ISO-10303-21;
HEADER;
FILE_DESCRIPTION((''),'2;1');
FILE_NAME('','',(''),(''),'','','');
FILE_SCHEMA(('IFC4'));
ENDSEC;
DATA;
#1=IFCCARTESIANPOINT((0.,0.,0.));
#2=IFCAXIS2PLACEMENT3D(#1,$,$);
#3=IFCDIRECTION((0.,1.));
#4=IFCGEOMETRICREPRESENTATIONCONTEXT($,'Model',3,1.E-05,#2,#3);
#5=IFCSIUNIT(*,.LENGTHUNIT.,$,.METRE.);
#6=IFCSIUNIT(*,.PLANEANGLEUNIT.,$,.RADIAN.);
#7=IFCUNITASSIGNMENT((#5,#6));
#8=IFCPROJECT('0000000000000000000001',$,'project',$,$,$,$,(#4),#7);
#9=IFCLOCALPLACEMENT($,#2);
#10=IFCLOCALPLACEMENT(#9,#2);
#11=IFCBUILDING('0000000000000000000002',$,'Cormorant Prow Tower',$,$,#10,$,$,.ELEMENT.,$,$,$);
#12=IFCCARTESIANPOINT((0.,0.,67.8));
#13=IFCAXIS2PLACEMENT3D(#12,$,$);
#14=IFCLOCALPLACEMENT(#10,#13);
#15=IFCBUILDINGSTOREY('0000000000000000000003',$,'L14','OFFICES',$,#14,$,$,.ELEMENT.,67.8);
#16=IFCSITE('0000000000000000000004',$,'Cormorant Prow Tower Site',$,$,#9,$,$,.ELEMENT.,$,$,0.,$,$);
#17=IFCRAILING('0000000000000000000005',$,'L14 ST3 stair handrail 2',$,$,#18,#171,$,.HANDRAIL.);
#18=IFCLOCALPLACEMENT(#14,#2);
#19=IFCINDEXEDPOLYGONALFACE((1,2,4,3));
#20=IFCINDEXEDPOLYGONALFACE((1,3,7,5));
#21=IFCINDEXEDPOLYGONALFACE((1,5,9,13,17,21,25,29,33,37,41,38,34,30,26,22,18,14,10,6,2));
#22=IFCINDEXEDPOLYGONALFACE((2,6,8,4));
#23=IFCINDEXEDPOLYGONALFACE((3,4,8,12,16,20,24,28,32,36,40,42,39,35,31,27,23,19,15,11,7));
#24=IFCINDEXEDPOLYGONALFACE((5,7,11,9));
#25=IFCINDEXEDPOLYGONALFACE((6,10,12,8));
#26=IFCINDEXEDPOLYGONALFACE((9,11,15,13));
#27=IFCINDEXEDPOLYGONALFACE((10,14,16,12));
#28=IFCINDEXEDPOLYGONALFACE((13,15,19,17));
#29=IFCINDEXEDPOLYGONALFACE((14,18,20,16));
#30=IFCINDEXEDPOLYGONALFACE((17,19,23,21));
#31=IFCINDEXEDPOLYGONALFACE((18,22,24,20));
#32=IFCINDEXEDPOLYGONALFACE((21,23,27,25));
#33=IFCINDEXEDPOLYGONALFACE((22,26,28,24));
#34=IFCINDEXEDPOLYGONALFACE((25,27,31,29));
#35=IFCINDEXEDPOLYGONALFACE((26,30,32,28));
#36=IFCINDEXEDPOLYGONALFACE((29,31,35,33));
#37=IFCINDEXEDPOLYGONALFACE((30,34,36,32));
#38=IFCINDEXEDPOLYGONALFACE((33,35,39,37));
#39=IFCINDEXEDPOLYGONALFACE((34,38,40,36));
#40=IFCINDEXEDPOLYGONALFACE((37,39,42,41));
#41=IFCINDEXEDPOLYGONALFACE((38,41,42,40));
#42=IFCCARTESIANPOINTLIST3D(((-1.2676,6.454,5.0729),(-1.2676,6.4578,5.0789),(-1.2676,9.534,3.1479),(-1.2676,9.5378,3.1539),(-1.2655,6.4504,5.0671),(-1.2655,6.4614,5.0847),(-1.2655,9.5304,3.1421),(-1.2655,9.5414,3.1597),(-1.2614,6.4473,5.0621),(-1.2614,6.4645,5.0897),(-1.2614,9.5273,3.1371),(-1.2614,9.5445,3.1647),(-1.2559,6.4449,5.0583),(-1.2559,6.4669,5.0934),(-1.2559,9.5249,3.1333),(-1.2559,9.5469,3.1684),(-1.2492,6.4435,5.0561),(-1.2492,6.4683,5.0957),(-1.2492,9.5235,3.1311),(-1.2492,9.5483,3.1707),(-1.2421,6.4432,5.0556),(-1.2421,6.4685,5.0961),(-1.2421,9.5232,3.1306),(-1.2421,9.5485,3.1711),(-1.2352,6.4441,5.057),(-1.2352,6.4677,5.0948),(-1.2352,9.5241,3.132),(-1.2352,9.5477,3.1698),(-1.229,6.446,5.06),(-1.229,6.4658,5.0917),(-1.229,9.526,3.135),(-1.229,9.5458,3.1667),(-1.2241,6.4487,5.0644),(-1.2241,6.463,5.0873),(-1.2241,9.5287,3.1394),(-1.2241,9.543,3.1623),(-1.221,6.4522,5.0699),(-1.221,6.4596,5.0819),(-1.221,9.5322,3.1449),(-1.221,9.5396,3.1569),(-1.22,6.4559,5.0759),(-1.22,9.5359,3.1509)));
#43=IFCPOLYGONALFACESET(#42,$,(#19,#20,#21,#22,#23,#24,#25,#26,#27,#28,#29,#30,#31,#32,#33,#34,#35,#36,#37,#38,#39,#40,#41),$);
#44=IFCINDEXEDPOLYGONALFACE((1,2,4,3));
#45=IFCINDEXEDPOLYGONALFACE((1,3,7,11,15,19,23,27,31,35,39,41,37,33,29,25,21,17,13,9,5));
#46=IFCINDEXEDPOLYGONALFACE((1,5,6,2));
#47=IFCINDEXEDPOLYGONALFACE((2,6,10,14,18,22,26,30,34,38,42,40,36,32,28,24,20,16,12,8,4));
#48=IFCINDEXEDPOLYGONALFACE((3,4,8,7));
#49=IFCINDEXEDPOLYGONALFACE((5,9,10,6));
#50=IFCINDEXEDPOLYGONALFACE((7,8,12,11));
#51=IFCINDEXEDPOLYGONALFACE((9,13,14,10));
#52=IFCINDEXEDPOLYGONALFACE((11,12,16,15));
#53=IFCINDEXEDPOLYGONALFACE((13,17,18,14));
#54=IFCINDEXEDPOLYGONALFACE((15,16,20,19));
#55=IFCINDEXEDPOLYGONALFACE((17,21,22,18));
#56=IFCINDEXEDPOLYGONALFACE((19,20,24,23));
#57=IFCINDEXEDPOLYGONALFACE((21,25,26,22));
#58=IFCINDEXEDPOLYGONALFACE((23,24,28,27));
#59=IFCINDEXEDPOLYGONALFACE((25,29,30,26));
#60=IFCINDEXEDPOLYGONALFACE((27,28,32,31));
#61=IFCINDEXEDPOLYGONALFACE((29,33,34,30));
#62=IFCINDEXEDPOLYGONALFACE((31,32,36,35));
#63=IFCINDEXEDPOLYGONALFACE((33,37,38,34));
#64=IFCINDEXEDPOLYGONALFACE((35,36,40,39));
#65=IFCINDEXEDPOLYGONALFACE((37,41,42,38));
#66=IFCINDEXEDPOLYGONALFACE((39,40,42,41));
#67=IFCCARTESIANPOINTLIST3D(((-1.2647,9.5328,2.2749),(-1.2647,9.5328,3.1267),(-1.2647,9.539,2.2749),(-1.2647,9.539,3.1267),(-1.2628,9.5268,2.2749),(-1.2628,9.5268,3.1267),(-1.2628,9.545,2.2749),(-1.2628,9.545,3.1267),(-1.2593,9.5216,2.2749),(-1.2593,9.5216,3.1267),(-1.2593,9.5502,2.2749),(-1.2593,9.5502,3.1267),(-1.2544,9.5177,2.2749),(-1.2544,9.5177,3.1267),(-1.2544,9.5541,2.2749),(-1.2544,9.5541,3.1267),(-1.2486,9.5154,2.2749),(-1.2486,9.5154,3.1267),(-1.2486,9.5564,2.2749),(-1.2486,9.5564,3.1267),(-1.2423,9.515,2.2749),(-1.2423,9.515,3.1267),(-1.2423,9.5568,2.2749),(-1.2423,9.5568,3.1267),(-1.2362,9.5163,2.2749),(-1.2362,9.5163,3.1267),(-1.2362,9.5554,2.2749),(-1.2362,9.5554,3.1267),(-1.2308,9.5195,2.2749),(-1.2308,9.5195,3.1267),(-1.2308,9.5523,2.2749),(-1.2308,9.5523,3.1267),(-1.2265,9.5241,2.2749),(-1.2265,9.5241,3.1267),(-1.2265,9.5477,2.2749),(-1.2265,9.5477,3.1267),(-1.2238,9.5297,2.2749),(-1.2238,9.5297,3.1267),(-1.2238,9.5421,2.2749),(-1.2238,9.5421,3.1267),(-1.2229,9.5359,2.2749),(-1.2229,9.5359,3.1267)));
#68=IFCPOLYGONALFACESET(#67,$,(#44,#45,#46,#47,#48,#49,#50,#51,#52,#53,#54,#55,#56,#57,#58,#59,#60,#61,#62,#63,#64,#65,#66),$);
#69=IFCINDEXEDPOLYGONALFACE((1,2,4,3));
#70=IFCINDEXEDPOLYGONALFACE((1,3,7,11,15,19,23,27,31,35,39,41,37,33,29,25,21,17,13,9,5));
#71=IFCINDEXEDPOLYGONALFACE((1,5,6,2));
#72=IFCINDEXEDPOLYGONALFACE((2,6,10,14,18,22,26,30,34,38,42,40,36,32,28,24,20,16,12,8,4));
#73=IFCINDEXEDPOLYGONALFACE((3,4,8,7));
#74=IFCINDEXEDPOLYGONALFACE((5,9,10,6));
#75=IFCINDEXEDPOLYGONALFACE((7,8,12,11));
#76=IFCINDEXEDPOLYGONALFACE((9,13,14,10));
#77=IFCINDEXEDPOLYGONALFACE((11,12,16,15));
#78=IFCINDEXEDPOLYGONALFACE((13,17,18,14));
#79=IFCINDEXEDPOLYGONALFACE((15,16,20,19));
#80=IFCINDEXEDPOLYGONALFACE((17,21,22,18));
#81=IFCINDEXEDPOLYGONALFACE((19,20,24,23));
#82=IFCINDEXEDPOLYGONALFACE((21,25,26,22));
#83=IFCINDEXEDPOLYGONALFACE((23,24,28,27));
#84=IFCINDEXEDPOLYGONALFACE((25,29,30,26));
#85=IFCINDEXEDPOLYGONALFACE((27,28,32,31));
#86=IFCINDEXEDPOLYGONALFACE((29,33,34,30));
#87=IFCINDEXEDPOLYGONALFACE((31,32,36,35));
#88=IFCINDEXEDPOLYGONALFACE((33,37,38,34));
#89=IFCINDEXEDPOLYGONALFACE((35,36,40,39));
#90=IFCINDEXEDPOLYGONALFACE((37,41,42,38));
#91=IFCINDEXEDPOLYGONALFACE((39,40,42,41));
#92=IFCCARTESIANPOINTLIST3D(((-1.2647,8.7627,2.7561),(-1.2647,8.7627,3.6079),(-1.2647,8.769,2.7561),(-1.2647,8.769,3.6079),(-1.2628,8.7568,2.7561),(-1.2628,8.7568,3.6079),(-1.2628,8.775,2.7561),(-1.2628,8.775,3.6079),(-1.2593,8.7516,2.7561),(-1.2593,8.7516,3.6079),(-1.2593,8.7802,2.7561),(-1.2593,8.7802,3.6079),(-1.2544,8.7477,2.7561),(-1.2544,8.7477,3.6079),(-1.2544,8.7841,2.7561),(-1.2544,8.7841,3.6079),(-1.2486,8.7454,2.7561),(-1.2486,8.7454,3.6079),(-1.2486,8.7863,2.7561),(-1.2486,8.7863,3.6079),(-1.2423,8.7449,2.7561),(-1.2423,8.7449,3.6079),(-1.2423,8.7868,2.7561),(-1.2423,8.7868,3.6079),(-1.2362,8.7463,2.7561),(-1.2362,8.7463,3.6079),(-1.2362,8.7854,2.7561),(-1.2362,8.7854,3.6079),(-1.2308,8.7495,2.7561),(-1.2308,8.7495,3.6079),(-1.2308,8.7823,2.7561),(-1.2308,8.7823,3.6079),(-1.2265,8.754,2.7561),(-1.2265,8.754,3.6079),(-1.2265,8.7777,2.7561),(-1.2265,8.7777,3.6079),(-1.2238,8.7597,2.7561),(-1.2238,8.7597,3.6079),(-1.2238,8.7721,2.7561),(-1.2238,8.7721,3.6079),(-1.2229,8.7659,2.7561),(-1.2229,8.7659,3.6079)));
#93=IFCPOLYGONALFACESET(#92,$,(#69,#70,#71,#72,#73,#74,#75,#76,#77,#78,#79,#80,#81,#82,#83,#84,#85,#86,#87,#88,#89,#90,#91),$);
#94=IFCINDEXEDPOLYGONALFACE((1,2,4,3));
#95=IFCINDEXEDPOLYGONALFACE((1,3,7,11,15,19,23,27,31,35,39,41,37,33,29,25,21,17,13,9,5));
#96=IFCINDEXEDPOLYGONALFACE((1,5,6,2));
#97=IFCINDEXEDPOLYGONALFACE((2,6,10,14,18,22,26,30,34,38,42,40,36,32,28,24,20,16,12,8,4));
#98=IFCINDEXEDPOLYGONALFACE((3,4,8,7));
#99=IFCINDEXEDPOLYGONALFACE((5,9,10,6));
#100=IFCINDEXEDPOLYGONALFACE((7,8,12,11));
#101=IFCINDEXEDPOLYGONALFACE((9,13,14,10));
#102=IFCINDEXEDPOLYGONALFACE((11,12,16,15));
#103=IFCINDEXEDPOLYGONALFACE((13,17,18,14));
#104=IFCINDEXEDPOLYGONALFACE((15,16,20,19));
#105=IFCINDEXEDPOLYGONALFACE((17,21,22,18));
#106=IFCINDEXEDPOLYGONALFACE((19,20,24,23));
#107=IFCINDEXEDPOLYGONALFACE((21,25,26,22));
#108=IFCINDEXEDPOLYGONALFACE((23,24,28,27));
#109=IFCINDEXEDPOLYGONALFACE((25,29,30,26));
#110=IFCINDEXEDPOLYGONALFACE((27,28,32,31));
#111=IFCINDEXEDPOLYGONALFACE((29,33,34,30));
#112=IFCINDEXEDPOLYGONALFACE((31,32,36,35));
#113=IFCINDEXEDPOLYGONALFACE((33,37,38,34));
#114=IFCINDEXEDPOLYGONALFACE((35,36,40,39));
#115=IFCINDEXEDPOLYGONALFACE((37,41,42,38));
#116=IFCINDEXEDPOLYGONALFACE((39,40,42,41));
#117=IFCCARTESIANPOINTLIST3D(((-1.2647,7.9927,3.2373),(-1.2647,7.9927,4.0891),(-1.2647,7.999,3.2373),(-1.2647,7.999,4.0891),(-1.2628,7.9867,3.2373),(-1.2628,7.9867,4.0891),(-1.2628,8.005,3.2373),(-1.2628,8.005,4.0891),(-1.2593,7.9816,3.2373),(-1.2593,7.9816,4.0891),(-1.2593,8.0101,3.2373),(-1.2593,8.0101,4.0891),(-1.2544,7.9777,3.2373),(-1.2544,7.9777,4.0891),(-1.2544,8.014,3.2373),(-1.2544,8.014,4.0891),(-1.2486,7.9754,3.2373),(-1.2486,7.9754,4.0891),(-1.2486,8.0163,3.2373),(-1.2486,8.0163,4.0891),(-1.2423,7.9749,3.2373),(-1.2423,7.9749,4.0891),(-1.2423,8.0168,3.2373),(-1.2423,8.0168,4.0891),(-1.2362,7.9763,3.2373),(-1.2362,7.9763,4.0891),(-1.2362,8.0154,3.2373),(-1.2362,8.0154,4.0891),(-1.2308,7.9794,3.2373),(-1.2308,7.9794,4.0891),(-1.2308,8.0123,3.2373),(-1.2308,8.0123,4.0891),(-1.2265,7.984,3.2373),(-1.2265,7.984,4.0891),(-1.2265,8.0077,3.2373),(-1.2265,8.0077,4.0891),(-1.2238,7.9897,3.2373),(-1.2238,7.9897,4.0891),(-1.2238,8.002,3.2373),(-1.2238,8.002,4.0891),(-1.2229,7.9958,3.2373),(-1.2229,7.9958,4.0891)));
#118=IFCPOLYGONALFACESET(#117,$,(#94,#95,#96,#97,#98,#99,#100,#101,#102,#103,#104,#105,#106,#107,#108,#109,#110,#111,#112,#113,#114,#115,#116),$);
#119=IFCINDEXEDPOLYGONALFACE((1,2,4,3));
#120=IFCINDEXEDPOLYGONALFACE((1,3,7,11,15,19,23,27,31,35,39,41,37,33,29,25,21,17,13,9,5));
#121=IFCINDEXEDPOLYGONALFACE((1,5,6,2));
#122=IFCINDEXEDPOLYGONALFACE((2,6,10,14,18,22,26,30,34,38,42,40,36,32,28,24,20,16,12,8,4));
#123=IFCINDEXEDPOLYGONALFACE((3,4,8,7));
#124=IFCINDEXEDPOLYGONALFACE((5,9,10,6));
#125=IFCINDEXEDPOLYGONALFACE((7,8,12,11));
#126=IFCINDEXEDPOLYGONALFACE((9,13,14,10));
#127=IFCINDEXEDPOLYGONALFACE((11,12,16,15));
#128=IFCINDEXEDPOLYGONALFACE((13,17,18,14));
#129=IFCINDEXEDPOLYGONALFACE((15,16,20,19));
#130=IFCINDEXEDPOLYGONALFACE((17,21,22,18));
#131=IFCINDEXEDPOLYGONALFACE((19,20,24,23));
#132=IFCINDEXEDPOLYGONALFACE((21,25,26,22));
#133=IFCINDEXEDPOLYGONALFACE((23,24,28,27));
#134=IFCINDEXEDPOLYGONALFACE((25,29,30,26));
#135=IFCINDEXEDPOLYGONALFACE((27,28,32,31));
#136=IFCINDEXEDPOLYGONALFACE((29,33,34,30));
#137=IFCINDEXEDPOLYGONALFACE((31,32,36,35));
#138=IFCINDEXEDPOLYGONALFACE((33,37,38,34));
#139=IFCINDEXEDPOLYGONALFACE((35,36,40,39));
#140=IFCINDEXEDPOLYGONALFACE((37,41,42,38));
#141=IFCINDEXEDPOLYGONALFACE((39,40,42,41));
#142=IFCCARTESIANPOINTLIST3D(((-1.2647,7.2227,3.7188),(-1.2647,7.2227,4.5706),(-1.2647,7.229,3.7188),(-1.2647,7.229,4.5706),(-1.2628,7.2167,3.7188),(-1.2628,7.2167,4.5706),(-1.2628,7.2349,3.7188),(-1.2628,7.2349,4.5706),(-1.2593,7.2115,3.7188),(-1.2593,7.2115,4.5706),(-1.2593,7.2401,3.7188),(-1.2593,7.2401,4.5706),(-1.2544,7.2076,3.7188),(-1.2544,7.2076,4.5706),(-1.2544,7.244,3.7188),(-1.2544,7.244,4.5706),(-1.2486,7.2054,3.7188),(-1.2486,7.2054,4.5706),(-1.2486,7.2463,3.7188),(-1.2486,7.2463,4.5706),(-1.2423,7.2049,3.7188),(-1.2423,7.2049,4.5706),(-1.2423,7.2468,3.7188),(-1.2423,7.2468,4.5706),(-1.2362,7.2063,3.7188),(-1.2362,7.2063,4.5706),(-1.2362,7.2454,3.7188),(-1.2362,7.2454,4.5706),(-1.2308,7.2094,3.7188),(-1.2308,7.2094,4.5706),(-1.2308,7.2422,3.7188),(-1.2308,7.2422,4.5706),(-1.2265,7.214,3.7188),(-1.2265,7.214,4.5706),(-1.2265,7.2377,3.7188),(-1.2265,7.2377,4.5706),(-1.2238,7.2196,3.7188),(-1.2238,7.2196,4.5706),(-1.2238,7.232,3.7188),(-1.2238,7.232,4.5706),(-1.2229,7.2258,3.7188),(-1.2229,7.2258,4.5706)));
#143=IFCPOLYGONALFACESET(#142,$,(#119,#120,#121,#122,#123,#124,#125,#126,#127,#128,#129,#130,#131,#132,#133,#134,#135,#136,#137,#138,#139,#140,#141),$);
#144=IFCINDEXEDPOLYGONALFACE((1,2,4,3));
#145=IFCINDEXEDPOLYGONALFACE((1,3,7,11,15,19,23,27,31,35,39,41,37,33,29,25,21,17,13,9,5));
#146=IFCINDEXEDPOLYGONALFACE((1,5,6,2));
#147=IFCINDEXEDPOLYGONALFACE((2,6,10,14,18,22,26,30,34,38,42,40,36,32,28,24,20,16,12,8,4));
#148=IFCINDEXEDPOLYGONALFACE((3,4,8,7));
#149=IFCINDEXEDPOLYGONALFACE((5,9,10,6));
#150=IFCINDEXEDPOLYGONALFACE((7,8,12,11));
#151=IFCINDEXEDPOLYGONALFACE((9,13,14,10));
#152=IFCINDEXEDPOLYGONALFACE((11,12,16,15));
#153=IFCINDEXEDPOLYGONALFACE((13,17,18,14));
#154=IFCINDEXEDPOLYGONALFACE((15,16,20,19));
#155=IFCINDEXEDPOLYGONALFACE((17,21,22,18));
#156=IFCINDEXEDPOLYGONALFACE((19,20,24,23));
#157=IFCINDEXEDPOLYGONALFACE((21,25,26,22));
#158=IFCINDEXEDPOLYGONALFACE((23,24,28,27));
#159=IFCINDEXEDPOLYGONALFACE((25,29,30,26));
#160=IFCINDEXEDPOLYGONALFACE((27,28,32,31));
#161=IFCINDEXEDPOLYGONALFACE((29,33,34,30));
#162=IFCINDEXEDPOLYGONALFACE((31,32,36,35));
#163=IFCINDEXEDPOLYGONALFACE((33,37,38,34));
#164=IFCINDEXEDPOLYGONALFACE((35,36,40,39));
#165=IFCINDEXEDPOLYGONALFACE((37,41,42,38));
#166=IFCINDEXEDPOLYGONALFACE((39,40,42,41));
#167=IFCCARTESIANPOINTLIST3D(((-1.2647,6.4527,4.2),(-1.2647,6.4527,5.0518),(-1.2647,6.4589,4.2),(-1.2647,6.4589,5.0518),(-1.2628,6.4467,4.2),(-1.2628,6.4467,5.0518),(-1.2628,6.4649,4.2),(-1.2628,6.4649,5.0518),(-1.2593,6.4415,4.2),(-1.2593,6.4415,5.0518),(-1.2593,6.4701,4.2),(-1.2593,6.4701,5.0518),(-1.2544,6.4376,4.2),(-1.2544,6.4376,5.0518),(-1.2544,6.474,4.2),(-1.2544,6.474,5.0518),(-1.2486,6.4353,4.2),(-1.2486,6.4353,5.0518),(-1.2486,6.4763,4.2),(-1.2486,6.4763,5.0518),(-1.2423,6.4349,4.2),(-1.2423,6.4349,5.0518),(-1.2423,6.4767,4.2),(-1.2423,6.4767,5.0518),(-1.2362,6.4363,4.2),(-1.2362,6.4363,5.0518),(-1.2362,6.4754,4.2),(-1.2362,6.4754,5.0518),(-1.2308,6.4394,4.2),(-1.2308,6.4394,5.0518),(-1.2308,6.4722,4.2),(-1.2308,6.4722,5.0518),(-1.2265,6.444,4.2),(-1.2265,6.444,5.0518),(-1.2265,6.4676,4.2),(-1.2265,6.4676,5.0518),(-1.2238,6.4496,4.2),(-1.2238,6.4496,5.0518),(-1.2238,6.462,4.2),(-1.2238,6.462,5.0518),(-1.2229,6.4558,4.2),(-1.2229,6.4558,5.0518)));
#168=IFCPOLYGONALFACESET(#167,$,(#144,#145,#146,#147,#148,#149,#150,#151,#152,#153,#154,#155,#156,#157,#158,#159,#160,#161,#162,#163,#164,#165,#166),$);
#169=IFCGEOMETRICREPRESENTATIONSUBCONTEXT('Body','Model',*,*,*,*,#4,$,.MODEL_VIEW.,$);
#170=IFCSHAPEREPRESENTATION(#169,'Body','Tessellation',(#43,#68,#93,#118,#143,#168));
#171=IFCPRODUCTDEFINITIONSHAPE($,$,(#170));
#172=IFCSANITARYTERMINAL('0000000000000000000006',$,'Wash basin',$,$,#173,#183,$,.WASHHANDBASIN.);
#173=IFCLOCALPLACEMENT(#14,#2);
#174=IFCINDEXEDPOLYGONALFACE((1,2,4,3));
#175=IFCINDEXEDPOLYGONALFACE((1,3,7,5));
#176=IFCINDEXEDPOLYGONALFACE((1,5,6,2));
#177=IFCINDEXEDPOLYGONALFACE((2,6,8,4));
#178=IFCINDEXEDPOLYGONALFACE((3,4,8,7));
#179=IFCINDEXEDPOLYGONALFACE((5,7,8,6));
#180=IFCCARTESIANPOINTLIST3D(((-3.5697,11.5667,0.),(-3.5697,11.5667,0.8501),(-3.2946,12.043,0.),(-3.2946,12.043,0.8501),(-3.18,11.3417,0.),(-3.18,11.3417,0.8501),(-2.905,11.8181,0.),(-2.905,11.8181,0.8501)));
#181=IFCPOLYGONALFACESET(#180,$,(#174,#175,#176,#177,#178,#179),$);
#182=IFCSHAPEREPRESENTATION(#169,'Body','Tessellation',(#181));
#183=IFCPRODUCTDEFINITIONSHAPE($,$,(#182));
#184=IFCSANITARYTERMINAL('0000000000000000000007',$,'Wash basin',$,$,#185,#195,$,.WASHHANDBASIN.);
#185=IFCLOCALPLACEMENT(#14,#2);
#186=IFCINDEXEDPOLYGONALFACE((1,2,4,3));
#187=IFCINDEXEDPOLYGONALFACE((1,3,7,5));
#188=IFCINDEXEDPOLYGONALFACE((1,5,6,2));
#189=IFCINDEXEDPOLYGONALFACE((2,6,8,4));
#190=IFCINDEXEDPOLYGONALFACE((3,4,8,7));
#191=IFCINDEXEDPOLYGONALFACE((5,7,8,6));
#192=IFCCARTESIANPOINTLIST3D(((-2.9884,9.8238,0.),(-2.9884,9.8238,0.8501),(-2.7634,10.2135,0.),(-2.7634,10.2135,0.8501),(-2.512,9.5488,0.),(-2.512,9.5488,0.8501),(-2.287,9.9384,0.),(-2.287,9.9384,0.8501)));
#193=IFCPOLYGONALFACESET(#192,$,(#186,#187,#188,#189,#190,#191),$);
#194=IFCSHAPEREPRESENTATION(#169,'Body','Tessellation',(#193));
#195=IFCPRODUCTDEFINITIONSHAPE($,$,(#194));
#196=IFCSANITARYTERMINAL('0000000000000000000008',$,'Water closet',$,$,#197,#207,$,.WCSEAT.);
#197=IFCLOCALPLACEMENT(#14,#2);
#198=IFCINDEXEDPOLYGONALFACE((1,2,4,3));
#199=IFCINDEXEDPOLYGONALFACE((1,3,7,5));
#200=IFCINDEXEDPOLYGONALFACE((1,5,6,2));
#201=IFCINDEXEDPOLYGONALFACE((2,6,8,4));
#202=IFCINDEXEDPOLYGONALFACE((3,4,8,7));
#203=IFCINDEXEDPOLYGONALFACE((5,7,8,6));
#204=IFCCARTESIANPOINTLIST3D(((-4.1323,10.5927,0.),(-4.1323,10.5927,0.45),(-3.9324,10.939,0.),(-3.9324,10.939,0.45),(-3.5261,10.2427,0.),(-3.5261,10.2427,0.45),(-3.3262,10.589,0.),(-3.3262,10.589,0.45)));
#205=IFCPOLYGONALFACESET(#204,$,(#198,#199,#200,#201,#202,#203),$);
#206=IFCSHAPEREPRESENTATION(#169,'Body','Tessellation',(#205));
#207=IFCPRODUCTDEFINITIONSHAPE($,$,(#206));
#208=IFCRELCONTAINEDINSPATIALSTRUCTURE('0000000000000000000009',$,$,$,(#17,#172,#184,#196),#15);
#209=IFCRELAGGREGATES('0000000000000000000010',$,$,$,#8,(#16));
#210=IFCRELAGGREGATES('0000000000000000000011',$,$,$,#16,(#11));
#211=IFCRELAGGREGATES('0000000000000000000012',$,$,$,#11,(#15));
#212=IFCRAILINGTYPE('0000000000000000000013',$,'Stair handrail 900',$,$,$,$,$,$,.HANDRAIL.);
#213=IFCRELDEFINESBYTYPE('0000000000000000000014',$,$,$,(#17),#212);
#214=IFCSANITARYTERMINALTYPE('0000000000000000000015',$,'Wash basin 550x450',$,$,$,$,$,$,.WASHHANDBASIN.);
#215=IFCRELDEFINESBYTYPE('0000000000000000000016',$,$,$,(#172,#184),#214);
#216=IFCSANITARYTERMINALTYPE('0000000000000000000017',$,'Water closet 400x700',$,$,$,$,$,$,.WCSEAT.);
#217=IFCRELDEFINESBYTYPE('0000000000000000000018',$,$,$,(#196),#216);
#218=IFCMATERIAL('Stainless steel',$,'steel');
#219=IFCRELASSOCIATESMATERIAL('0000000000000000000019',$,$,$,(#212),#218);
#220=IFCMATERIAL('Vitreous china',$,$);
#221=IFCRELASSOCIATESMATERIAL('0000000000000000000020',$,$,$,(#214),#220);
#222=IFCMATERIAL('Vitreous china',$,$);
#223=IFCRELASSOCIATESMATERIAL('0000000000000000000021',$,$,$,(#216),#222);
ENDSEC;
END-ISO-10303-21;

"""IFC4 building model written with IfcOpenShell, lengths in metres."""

from ifc_helpers import new_model, si_unit, direction, frame, origin, origin_2d, place, context, subcontext, project, spatial, rectangle, circle, extrude, material, type_object, element, save


model = new_model("IFC4")

# Units and contexts
model_context = context("Model", 3, precision=1e-05, world=origin(), true_north=direction((0.0, 1.0)))
body_context = subcontext(model_context, "Body", "Model", "MODEL_VIEW")
ifc_project = project(units=[si_unit("LENGTHUNIT", "METRE"), si_unit("PLANEANGLEUNIT", "RADIAN")], contexts=[model_context])

# Site, building, storey
site_placement = place(None, origin())
site = spatial("IfcSite", under=ifc_project, at=site_placement, Name="Cormorant Prow Tower Site", CompositionType="ELEMENT", RefElevation=0.0)
building_placement = place(site_placement, origin())
building = spatial("IfcBuilding", under=site, at=building_placement, Name="Cormorant Prow Tower", CompositionType="ELEMENT")
storey_placement = place(building_placement, frame((0.0, 0.0, 67.8)))
storey = spatial("IfcBuildingStorey", under=building, at=storey_placement, Name="L14", Description="OFFICES", CompositionType="ELEMENT", Elevation=67.8)

# Railing
ifc_material_1 = material(Name="Stainless steel", Category="steel")
railing_type = type_object("IfcRailingType", Name="Stair handrail 900", PredefinedType="HANDRAIL", material=ifc_material_1)
railing_placement = place(storey_placement, frame((-1.2439, 9.5359, 2.2749)))
element("IfcRailing", 1, at=railing_placement, inside=storey, type_object=railing_type, Name="L14 ST3 stair handrail 2", PredefinedType="HANDRAIL", context=body_context, shape_type="SweptSolid", body=[
    extrude(circle(Radius=0.0239, at=origin_2d()), frame((0.0, 0.0, 0.876), z_axis=(0.0, -0.847998, 0.529999), x_axis=(1.0, 0.0, 0.0)), (0.0, 0.0, 1.0), 3.6321),
    extrude(circle(Radius=0.021, at=origin_2d()), origin(), (0.0, 0.0, 1.0), 0.8518),
    extrude(circle(Radius=0.021, at=origin_2d()), frame((0.0, -0.77, 0.4812)), (0.0, 0.0, 1.0), 0.8518),
    extrude(circle(Radius=0.021, at=origin_2d()), frame((0.0, -1.54, 0.9624)), (0.0, 0.0, 1.0), 0.8518),
    extrude(circle(Radius=0.021, at=origin_2d()), frame((0.0, -2.3101, 1.4438)), (0.0, 0.0, 1.0), 0.8518),
    extrude(circle(Radius=0.021, at=origin_2d()), frame((0.0, -3.0801, 1.925)), (0.0, 0.0, 1.0), 0.8518),
])

# Sanitary terminals
ifc_material_2 = material(Name="Vitreous china")
sanitary_terminal_type_1 = type_object("IfcSanitaryTerminalType", Name="Wash basin 550x450", PredefinedType="WASHHANDBASIN", material=ifc_material_2)
for number, where, z_axis, x_axis, name in (
    (2, (-3.2373, 11.6924, 0.0), (0.0, 0.0, 1.0), (-0.500015, -0.866017, 0.0), "Wash basin"),
    (3, (-2.6377, 9.8811, 0.0), (0.0, 0.0, 1.0), (0.866017, -0.500015, 0.0), "Wash basin"),
):
    element("IfcSanitaryTerminal", number, at=place(storey_placement, frame(where, z_axis=z_axis, x_axis=x_axis)), inside=storey, type_object=sanitary_terminal_type_1, Name=name, PredefinedType="WASHHANDBASIN", context=body_context, shape_type="SweptSolid", body=[
        extrude(rectangle(XDim=0.55, YDim=0.45, at=origin_2d()), origin(), (0.0, 0.0, 1.0), 0.8501),
    ])
ifc_material_3 = material(Name="Vitreous china")
sanitary_terminal_type_2 = type_object("IfcSanitaryTerminalType", Name="Water closet 400x700", PredefinedType="WCSEAT", material=ifc_material_3)
for number, where, z_axis, x_axis, name in (
    (4, (-3.7292, 10.5908, 0.0), (0.0, 0.0, 1.0), (-0.500015, -0.866017, 0.0), "Water closet"),
):
    element("IfcSanitaryTerminal", number, at=place(storey_placement, frame(where, z_axis=z_axis, x_axis=x_axis)), inside=storey, type_object=sanitary_terminal_type_2, Name=name, PredefinedType="WCSEAT", context=body_context, shape_type="SweptSolid", body=[
        extrude(rectangle(XDim=0.3999, YDim=0.7, at=origin_2d()), origin(), (0.0, 0.0, 1.0), 0.45),
    ])

save(model, "model.ifc")
